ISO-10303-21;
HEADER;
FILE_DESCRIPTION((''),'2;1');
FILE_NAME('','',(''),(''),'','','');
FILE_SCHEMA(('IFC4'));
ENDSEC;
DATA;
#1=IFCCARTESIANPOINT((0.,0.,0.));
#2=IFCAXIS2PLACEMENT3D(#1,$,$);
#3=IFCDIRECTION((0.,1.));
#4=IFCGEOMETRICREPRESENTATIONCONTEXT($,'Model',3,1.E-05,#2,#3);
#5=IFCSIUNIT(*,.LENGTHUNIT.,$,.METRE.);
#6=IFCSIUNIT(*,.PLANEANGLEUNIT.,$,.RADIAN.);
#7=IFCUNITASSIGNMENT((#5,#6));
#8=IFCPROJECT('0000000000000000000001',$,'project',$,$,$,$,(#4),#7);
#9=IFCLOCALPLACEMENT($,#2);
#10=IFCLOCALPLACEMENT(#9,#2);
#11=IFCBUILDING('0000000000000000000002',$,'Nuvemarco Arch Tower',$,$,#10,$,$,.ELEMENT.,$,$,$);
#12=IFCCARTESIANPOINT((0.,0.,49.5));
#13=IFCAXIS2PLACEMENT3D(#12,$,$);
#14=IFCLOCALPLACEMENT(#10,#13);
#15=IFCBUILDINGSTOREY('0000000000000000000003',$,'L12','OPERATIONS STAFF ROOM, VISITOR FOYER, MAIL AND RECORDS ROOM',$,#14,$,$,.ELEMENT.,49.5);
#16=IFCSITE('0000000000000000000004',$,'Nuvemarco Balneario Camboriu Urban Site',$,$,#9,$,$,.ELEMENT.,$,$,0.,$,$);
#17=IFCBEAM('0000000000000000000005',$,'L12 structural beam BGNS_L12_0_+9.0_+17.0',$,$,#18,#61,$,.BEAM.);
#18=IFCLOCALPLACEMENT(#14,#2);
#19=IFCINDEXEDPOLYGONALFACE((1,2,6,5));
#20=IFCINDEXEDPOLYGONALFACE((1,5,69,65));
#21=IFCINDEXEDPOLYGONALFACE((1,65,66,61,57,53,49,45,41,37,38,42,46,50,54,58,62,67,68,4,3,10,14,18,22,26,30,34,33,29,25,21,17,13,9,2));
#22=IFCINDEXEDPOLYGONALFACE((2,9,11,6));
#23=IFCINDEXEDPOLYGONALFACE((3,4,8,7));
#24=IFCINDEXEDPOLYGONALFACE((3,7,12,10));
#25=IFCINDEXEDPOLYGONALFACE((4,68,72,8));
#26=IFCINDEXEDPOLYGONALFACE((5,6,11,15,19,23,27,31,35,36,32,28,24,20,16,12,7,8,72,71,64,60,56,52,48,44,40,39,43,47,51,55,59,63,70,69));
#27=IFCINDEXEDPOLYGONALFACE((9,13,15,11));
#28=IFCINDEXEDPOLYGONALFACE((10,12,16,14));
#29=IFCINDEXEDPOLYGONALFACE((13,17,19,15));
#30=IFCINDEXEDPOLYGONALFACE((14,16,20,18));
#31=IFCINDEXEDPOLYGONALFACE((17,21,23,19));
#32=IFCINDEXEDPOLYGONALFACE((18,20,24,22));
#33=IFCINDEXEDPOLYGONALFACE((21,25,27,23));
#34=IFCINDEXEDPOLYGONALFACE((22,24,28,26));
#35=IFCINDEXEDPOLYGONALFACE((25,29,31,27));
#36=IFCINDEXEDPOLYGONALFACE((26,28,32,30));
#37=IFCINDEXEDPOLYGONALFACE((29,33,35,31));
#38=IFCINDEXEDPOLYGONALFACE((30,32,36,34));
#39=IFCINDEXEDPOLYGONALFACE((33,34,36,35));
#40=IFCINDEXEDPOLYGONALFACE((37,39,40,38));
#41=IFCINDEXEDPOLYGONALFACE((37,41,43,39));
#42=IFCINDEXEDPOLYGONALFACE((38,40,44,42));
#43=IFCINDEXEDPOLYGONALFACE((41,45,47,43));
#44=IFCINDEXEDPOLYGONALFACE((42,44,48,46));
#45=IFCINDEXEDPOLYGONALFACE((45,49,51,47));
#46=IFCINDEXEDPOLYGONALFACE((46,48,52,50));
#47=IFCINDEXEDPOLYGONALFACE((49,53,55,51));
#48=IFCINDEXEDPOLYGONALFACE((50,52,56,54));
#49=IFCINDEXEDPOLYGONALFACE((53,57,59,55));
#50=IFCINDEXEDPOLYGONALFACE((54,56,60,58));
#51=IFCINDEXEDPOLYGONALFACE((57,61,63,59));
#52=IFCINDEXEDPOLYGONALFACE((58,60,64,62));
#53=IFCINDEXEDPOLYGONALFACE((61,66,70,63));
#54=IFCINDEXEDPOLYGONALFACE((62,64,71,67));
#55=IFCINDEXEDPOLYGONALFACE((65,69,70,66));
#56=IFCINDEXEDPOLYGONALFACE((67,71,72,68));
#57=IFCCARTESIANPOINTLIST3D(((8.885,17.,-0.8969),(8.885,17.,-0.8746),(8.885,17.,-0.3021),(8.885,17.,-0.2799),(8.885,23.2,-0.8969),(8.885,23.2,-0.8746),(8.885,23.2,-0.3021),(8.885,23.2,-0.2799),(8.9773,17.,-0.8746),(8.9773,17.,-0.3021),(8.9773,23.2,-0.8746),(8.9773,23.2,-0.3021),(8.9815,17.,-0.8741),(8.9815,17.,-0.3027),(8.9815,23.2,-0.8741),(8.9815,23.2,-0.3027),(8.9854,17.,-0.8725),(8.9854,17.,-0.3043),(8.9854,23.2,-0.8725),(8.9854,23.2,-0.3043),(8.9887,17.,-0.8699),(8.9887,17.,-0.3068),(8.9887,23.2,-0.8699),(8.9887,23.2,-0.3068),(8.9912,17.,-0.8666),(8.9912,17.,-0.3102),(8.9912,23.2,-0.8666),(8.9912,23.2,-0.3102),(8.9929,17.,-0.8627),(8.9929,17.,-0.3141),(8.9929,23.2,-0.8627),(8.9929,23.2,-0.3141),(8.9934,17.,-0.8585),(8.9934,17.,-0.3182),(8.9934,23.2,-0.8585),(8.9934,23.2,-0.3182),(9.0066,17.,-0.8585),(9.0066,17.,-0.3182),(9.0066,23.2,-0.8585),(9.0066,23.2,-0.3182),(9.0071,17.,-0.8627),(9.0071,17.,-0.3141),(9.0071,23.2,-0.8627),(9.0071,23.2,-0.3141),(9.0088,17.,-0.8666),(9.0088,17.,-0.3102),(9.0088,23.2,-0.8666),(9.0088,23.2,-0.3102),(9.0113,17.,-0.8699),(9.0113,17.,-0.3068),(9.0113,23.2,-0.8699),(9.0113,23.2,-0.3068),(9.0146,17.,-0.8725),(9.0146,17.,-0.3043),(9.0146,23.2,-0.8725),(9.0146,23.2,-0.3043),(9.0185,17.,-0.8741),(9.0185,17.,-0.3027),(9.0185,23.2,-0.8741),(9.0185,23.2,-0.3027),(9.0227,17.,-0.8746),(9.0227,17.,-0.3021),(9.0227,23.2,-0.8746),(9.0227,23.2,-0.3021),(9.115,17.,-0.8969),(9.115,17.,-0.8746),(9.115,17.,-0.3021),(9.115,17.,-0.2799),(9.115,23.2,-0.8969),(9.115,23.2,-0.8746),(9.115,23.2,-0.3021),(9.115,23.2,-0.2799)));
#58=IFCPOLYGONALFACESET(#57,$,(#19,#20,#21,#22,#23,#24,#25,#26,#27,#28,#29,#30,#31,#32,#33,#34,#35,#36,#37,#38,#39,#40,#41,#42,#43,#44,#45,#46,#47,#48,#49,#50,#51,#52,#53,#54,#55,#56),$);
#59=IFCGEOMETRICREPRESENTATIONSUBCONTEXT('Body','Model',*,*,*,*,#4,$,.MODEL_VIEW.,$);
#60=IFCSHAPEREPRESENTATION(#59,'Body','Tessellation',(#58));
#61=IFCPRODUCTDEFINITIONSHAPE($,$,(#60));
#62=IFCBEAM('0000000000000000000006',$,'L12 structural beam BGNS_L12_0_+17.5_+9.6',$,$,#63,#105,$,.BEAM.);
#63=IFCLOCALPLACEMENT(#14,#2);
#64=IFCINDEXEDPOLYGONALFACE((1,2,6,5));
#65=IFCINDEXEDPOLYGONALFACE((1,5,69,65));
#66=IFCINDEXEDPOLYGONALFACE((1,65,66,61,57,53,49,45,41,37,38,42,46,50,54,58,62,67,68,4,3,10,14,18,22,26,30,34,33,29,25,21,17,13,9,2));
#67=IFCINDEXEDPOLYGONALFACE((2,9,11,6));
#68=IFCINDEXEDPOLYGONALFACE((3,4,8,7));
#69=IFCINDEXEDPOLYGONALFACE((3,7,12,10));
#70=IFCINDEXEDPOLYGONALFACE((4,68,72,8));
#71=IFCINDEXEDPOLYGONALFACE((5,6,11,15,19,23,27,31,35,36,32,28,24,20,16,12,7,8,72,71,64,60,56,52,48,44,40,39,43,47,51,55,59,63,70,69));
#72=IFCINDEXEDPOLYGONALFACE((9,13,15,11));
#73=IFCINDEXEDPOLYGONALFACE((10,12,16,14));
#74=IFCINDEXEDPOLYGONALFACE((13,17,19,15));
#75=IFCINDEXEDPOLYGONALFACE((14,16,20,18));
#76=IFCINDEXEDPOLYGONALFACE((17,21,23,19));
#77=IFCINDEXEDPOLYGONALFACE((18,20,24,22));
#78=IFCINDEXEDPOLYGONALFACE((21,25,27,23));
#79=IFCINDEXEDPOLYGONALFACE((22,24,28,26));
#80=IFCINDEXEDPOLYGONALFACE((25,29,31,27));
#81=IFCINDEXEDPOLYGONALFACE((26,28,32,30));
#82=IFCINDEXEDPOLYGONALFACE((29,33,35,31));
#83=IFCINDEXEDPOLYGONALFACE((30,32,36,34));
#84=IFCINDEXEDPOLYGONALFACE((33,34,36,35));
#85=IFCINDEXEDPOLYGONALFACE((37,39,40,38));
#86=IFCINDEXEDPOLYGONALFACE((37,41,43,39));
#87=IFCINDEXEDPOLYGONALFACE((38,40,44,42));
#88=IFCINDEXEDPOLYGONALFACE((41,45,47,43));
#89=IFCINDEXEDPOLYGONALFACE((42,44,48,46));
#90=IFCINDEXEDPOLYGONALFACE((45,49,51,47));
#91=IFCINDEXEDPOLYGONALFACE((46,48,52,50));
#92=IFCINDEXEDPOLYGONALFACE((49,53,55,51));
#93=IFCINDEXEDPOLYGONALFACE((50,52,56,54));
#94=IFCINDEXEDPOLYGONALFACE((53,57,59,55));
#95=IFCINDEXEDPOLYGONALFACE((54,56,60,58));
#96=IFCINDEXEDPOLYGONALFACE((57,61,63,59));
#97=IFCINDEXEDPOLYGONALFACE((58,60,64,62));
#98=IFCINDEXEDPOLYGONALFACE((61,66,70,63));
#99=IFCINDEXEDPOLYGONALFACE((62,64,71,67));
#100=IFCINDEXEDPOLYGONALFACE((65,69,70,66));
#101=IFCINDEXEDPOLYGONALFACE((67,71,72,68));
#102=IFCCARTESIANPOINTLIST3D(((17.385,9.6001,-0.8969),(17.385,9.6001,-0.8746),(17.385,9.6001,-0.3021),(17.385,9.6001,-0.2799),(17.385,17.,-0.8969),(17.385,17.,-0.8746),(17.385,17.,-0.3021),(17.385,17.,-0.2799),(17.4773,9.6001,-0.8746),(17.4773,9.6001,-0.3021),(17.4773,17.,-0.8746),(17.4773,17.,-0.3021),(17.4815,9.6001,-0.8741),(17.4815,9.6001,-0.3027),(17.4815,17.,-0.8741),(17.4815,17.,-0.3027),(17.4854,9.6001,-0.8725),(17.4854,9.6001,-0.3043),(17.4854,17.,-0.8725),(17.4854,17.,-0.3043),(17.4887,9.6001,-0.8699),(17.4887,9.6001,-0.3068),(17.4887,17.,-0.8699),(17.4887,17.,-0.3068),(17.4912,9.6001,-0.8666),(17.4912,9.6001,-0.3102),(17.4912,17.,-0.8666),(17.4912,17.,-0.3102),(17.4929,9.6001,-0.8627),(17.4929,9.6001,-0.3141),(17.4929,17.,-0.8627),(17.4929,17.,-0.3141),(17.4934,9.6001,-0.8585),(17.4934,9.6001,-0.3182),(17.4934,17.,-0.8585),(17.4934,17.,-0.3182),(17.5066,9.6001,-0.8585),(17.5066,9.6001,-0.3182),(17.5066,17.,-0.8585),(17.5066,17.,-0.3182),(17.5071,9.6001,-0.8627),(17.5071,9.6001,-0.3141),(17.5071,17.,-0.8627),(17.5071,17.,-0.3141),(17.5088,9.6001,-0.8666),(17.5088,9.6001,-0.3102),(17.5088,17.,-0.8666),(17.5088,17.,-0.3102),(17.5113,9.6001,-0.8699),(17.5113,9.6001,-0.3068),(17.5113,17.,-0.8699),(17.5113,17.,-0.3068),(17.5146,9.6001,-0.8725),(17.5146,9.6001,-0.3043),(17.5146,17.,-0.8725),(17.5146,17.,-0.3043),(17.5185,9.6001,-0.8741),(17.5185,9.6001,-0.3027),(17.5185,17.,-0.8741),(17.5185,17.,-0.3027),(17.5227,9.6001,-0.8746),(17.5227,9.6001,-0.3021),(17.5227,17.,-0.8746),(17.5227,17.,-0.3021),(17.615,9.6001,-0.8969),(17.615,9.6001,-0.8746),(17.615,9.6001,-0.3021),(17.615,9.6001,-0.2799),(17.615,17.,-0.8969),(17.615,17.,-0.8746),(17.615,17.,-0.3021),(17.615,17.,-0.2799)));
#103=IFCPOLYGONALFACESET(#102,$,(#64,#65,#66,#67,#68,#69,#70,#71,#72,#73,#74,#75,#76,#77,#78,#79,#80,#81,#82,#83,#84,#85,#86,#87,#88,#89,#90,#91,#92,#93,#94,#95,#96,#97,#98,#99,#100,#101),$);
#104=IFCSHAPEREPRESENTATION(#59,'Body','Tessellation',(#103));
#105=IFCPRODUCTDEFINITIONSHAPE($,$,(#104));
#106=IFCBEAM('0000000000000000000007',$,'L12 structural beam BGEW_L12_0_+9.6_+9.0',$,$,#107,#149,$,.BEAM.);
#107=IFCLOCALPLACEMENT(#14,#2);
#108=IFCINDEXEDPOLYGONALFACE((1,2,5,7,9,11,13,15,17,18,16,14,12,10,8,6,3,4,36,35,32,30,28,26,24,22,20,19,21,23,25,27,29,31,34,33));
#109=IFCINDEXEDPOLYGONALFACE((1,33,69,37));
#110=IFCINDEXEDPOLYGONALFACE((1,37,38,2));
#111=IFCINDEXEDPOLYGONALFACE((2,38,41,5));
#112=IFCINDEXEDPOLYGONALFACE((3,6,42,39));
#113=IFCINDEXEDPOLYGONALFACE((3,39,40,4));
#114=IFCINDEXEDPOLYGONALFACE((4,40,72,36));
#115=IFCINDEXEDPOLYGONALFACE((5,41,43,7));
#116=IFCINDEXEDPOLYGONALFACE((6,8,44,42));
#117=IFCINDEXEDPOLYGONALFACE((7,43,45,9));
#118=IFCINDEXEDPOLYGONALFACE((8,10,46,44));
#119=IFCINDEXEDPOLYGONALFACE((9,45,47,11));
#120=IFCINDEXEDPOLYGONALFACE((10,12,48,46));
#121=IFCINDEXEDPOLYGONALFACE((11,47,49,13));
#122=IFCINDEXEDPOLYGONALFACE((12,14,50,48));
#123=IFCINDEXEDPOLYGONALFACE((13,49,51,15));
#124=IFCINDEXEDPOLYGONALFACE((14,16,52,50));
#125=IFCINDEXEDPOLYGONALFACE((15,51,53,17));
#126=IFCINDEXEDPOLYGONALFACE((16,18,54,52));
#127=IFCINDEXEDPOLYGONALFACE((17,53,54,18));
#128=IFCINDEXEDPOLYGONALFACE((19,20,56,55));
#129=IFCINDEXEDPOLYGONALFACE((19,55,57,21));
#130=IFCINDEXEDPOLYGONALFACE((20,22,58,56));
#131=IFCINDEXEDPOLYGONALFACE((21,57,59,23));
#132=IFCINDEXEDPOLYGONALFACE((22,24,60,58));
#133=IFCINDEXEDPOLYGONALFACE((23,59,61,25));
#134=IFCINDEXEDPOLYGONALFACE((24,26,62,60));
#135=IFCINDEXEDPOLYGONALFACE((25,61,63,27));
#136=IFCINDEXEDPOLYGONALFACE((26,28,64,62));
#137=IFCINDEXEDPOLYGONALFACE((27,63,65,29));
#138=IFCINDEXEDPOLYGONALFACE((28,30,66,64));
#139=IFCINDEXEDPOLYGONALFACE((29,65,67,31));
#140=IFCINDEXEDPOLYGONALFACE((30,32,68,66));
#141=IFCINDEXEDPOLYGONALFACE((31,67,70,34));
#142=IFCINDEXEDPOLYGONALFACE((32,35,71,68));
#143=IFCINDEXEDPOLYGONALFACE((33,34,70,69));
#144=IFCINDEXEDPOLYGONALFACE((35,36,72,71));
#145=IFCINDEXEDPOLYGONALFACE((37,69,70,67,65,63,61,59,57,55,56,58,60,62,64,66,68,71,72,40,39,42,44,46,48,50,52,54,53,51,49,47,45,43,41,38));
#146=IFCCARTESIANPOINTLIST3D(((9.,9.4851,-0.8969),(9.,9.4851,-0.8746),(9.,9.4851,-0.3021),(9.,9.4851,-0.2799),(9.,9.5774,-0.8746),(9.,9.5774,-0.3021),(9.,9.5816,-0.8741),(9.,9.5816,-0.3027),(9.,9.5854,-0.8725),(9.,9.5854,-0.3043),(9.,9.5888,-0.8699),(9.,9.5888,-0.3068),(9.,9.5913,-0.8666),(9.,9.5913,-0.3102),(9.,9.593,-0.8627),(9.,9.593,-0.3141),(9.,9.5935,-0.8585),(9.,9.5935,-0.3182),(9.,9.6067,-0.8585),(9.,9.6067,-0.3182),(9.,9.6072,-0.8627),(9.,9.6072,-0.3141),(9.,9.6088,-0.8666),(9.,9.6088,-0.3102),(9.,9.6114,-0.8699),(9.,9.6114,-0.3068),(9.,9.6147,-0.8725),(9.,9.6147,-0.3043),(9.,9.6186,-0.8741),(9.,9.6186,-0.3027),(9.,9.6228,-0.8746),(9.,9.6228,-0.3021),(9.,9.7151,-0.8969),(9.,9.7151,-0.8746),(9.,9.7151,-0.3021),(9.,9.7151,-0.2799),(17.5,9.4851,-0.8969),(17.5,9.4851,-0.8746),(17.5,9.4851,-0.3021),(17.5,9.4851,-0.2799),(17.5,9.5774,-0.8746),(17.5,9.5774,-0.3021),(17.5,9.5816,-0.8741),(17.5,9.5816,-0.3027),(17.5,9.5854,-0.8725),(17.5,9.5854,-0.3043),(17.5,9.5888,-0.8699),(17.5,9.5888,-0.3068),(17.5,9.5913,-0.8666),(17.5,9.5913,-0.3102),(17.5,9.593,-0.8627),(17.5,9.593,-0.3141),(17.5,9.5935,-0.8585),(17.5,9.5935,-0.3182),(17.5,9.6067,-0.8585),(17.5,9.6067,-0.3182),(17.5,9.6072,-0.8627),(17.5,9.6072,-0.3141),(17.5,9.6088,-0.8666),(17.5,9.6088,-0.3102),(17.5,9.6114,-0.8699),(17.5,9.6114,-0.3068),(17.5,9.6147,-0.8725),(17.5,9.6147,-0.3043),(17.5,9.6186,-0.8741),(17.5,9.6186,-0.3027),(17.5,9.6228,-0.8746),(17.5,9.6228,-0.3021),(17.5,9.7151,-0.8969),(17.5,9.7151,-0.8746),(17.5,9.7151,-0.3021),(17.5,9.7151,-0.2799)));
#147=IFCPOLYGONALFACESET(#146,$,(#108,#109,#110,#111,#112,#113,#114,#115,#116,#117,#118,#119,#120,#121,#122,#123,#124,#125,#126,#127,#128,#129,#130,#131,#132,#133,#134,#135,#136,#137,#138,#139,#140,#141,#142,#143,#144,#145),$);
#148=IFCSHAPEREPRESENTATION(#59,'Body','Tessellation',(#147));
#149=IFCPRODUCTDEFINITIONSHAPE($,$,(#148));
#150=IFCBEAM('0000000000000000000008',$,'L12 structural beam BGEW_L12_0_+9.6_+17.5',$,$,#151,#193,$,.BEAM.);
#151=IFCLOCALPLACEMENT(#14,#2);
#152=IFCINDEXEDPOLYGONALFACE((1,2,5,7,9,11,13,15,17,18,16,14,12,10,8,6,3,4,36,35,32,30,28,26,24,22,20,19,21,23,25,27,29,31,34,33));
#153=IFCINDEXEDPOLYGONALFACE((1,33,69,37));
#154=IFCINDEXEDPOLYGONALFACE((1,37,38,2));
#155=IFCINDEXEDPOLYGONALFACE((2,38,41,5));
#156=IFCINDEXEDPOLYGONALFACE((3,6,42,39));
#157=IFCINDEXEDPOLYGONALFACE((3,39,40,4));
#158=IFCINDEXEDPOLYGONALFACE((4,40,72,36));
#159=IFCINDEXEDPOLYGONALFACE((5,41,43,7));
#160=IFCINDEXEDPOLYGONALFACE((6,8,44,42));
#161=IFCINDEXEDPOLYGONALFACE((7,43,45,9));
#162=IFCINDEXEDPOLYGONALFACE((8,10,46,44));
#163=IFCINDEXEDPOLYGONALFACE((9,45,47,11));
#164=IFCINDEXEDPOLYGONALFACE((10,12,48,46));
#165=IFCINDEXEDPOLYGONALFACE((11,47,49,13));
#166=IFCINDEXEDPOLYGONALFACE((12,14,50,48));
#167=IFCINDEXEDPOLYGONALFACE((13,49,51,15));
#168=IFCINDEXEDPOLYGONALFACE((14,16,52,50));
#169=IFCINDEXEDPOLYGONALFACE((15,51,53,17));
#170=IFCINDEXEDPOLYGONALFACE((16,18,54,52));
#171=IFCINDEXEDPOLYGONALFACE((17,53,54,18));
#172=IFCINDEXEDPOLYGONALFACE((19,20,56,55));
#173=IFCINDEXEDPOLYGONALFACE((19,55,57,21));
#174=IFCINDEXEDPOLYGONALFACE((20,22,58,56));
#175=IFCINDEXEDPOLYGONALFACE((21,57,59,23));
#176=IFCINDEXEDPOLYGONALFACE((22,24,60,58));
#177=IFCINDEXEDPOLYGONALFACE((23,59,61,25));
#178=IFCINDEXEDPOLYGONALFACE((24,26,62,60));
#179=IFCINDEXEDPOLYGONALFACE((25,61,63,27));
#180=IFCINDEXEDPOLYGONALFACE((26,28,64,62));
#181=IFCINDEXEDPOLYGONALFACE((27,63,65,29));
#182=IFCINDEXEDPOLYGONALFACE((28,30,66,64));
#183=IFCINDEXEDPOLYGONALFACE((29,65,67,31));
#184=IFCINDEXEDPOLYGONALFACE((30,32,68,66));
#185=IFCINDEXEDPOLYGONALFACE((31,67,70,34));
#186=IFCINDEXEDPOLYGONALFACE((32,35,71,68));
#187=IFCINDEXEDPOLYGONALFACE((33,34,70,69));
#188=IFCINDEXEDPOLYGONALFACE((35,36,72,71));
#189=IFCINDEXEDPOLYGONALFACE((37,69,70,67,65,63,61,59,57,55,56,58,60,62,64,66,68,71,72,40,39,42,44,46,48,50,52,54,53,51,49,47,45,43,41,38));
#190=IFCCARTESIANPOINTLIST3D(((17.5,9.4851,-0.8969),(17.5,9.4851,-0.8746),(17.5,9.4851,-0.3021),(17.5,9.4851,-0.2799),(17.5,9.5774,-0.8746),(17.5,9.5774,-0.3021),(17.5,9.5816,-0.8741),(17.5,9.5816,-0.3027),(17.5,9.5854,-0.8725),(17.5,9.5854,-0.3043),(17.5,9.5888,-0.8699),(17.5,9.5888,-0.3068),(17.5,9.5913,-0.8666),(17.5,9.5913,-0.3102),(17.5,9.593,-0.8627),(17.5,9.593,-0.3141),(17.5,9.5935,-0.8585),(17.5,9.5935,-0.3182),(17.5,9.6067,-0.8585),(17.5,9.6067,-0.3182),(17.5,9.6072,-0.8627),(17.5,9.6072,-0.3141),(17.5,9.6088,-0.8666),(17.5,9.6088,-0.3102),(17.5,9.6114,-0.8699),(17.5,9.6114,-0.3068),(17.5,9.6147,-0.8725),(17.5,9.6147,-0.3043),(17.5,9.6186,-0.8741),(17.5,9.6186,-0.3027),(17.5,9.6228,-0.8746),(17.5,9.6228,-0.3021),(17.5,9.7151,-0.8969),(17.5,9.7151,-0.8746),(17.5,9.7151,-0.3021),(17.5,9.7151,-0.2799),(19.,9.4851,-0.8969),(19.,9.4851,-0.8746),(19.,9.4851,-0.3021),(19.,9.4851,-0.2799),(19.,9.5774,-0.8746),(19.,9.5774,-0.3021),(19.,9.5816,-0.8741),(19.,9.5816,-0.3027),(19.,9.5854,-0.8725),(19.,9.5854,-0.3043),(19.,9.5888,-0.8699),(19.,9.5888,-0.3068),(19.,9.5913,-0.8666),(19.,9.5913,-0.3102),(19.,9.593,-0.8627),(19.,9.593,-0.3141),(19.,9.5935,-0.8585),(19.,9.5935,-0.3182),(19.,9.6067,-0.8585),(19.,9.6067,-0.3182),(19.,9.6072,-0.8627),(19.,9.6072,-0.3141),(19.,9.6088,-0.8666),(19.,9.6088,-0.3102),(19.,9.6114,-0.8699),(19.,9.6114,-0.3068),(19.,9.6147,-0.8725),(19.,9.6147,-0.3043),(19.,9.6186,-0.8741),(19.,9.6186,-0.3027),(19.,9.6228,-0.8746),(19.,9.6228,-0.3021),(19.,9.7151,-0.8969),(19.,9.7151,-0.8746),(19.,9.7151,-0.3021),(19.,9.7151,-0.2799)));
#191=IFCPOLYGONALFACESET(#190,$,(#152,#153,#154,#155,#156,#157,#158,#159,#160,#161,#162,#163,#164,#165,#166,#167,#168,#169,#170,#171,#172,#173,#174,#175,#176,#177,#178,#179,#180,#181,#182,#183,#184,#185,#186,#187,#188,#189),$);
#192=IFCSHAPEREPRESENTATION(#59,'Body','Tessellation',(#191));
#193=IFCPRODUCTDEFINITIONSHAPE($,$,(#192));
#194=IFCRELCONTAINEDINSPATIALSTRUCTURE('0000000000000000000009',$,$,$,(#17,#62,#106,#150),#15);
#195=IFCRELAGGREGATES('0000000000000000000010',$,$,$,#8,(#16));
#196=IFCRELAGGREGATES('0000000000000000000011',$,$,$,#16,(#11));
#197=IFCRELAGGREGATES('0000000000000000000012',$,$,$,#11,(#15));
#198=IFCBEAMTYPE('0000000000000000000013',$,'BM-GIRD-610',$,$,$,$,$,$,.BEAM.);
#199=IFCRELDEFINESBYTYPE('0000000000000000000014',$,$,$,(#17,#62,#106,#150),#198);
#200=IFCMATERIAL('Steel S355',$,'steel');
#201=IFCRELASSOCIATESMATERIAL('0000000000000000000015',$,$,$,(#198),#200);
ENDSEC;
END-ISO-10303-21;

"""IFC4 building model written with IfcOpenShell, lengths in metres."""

from ifc_helpers import new_model, si_unit, direction, frame, origin, origin_2d, place, context, subcontext, project, spatial, i_section, extrude, material, material_profile, profile_set, type_object, element, save


model = new_model("IFC4")

# Units and contexts
model_context = context("Model", 3, precision=1e-05, world=origin(), true_north=direction((0.0, 1.0)))
body_context = subcontext(model_context, "Body", "Model", "MODEL_VIEW")
ifc_project = project(units=[si_unit("LENGTHUNIT", "METRE"), si_unit("PLANEANGLEUNIT", "RADIAN")], contexts=[model_context])

# Site, building, storey
site_placement = place(None, origin())
site = spatial("IfcSite", under=ifc_project, at=site_placement, Name="Nuvemarco Balneario Camboriu Urban Site", CompositionType="ELEMENT", RefElevation=0.0)
building_placement = place(site_placement, origin())
building = spatial("IfcBuilding", under=site, at=building_placement, Name="Nuvemarco Arch Tower", CompositionType="ELEMENT")
storey_placement = place(building_placement, frame((0.0, 0.0, 49.5)))
storey = spatial("IfcBuildingStorey", under=building, at=storey_placement, Name="L12", Description="OPERATIONS STAFF ROOM, VISITOR FOYER, MAIL AND RECORDS ROOM", CompositionType="ELEMENT", Elevation=49.5)

# Shared definitions
ifc_material_1 = material(Name="Steel S355", Category="steel")

# Beams
ifc_material_profile_1 = material_profile(ifc_material_1, i_section(OverallWidth=0.23, OverallDepth=0.6169, WebThickness=0.0132, FlangeThickness=0.0222, FilletRadius=0.0161, at=origin_2d()), Name="W610x140")
ifc_profile_set_1 = profile_set([ifc_material_profile_1], Name="Steel S355")
beam_type_1 = type_object("IfcBeamType", Name="BM-GIRD-610", PredefinedType="BEAM", material=ifc_profile_set_1)
beam_1_placement = place(storey_placement, frame((9.0, 17.0, -0.5884), z_axis=(0.0, 1.0, 0.0), x_axis=(-1.0, 0.0, 0.0)))
element("IfcBeam", 1, at=beam_1_placement, inside=storey, type_object=beam_type_1, Name="L12 structural beam BGNS_L12_0_+9.0_+17.0", PredefinedType="BEAM", context=body_context, shape_type="SweptSolid", body=[
    extrude(i_section(OverallWidth=0.23, OverallDepth=0.6169, WebThickness=0.0132, FlangeThickness=0.0222, FilletRadius=0.0161, at=origin_2d()), origin(), (0.0, 0.0, 1.0), 6.2),
])
beam_2_placement = place(storey_placement, frame((17.5, 9.6001, -0.5884), z_axis=(0.0, 1.0, 0.0), x_axis=(-1.0, 0.0, 0.0)))
element("IfcBeam", 2, at=beam_2_placement, inside=storey, type_object=beam_type_1, Name="L12 structural beam BGNS_L12_0_+17.5_+9.6", PredefinedType="BEAM", context=body_context, shape_type="SweptSolid", body=[
    extrude(i_section(OverallWidth=0.23, OverallDepth=0.6169, WebThickness=0.0132, FlangeThickness=0.0222, FilletRadius=0.0161, at=origin_2d()), origin(), (0.0, 0.0, 1.0), 7.3999),
])
beam_3_placement = place(storey_placement, frame((9.0, 9.6001, -0.5884), z_axis=(1.0, 0.0, 0.0), x_axis=(0.0, 1.0, 0.0)))
element("IfcBeam", 3, at=beam_3_placement, inside=storey, type_object=beam_type_1, Name="L12 structural beam BGEW_L12_0_+9.6_+9.0", PredefinedType="BEAM", context=body_context, shape_type="SweptSolid", body=[
    extrude(i_section(OverallWidth=0.23, OverallDepth=0.6169, WebThickness=0.0132, FlangeThickness=0.0222, FilletRadius=0.0161, at=origin_2d()), origin(), (0.0, 0.0, 1.0), 8.5),
])
beam_4_placement = place(storey_placement, frame((17.5, 9.6001, -0.5884), z_axis=(1.0, 0.0, 0.0), x_axis=(0.0, 1.0, 0.0)))
element("IfcBeam", 4, at=beam_4_placement, inside=storey, type_object=beam_type_1, Name="L12 structural beam BGEW_L12_0_+9.6_+17.5", PredefinedType="BEAM", context=body_context, shape_type="SweptSolid", body=[
    extrude(i_section(OverallWidth=0.23, OverallDepth=0.6169, WebThickness=0.0132, FlangeThickness=0.0222, FilletRadius=0.0161, at=origin_2d()), origin(), (0.0, 0.0, 1.0), 1.5),
])

save(model, "model.ifc")
